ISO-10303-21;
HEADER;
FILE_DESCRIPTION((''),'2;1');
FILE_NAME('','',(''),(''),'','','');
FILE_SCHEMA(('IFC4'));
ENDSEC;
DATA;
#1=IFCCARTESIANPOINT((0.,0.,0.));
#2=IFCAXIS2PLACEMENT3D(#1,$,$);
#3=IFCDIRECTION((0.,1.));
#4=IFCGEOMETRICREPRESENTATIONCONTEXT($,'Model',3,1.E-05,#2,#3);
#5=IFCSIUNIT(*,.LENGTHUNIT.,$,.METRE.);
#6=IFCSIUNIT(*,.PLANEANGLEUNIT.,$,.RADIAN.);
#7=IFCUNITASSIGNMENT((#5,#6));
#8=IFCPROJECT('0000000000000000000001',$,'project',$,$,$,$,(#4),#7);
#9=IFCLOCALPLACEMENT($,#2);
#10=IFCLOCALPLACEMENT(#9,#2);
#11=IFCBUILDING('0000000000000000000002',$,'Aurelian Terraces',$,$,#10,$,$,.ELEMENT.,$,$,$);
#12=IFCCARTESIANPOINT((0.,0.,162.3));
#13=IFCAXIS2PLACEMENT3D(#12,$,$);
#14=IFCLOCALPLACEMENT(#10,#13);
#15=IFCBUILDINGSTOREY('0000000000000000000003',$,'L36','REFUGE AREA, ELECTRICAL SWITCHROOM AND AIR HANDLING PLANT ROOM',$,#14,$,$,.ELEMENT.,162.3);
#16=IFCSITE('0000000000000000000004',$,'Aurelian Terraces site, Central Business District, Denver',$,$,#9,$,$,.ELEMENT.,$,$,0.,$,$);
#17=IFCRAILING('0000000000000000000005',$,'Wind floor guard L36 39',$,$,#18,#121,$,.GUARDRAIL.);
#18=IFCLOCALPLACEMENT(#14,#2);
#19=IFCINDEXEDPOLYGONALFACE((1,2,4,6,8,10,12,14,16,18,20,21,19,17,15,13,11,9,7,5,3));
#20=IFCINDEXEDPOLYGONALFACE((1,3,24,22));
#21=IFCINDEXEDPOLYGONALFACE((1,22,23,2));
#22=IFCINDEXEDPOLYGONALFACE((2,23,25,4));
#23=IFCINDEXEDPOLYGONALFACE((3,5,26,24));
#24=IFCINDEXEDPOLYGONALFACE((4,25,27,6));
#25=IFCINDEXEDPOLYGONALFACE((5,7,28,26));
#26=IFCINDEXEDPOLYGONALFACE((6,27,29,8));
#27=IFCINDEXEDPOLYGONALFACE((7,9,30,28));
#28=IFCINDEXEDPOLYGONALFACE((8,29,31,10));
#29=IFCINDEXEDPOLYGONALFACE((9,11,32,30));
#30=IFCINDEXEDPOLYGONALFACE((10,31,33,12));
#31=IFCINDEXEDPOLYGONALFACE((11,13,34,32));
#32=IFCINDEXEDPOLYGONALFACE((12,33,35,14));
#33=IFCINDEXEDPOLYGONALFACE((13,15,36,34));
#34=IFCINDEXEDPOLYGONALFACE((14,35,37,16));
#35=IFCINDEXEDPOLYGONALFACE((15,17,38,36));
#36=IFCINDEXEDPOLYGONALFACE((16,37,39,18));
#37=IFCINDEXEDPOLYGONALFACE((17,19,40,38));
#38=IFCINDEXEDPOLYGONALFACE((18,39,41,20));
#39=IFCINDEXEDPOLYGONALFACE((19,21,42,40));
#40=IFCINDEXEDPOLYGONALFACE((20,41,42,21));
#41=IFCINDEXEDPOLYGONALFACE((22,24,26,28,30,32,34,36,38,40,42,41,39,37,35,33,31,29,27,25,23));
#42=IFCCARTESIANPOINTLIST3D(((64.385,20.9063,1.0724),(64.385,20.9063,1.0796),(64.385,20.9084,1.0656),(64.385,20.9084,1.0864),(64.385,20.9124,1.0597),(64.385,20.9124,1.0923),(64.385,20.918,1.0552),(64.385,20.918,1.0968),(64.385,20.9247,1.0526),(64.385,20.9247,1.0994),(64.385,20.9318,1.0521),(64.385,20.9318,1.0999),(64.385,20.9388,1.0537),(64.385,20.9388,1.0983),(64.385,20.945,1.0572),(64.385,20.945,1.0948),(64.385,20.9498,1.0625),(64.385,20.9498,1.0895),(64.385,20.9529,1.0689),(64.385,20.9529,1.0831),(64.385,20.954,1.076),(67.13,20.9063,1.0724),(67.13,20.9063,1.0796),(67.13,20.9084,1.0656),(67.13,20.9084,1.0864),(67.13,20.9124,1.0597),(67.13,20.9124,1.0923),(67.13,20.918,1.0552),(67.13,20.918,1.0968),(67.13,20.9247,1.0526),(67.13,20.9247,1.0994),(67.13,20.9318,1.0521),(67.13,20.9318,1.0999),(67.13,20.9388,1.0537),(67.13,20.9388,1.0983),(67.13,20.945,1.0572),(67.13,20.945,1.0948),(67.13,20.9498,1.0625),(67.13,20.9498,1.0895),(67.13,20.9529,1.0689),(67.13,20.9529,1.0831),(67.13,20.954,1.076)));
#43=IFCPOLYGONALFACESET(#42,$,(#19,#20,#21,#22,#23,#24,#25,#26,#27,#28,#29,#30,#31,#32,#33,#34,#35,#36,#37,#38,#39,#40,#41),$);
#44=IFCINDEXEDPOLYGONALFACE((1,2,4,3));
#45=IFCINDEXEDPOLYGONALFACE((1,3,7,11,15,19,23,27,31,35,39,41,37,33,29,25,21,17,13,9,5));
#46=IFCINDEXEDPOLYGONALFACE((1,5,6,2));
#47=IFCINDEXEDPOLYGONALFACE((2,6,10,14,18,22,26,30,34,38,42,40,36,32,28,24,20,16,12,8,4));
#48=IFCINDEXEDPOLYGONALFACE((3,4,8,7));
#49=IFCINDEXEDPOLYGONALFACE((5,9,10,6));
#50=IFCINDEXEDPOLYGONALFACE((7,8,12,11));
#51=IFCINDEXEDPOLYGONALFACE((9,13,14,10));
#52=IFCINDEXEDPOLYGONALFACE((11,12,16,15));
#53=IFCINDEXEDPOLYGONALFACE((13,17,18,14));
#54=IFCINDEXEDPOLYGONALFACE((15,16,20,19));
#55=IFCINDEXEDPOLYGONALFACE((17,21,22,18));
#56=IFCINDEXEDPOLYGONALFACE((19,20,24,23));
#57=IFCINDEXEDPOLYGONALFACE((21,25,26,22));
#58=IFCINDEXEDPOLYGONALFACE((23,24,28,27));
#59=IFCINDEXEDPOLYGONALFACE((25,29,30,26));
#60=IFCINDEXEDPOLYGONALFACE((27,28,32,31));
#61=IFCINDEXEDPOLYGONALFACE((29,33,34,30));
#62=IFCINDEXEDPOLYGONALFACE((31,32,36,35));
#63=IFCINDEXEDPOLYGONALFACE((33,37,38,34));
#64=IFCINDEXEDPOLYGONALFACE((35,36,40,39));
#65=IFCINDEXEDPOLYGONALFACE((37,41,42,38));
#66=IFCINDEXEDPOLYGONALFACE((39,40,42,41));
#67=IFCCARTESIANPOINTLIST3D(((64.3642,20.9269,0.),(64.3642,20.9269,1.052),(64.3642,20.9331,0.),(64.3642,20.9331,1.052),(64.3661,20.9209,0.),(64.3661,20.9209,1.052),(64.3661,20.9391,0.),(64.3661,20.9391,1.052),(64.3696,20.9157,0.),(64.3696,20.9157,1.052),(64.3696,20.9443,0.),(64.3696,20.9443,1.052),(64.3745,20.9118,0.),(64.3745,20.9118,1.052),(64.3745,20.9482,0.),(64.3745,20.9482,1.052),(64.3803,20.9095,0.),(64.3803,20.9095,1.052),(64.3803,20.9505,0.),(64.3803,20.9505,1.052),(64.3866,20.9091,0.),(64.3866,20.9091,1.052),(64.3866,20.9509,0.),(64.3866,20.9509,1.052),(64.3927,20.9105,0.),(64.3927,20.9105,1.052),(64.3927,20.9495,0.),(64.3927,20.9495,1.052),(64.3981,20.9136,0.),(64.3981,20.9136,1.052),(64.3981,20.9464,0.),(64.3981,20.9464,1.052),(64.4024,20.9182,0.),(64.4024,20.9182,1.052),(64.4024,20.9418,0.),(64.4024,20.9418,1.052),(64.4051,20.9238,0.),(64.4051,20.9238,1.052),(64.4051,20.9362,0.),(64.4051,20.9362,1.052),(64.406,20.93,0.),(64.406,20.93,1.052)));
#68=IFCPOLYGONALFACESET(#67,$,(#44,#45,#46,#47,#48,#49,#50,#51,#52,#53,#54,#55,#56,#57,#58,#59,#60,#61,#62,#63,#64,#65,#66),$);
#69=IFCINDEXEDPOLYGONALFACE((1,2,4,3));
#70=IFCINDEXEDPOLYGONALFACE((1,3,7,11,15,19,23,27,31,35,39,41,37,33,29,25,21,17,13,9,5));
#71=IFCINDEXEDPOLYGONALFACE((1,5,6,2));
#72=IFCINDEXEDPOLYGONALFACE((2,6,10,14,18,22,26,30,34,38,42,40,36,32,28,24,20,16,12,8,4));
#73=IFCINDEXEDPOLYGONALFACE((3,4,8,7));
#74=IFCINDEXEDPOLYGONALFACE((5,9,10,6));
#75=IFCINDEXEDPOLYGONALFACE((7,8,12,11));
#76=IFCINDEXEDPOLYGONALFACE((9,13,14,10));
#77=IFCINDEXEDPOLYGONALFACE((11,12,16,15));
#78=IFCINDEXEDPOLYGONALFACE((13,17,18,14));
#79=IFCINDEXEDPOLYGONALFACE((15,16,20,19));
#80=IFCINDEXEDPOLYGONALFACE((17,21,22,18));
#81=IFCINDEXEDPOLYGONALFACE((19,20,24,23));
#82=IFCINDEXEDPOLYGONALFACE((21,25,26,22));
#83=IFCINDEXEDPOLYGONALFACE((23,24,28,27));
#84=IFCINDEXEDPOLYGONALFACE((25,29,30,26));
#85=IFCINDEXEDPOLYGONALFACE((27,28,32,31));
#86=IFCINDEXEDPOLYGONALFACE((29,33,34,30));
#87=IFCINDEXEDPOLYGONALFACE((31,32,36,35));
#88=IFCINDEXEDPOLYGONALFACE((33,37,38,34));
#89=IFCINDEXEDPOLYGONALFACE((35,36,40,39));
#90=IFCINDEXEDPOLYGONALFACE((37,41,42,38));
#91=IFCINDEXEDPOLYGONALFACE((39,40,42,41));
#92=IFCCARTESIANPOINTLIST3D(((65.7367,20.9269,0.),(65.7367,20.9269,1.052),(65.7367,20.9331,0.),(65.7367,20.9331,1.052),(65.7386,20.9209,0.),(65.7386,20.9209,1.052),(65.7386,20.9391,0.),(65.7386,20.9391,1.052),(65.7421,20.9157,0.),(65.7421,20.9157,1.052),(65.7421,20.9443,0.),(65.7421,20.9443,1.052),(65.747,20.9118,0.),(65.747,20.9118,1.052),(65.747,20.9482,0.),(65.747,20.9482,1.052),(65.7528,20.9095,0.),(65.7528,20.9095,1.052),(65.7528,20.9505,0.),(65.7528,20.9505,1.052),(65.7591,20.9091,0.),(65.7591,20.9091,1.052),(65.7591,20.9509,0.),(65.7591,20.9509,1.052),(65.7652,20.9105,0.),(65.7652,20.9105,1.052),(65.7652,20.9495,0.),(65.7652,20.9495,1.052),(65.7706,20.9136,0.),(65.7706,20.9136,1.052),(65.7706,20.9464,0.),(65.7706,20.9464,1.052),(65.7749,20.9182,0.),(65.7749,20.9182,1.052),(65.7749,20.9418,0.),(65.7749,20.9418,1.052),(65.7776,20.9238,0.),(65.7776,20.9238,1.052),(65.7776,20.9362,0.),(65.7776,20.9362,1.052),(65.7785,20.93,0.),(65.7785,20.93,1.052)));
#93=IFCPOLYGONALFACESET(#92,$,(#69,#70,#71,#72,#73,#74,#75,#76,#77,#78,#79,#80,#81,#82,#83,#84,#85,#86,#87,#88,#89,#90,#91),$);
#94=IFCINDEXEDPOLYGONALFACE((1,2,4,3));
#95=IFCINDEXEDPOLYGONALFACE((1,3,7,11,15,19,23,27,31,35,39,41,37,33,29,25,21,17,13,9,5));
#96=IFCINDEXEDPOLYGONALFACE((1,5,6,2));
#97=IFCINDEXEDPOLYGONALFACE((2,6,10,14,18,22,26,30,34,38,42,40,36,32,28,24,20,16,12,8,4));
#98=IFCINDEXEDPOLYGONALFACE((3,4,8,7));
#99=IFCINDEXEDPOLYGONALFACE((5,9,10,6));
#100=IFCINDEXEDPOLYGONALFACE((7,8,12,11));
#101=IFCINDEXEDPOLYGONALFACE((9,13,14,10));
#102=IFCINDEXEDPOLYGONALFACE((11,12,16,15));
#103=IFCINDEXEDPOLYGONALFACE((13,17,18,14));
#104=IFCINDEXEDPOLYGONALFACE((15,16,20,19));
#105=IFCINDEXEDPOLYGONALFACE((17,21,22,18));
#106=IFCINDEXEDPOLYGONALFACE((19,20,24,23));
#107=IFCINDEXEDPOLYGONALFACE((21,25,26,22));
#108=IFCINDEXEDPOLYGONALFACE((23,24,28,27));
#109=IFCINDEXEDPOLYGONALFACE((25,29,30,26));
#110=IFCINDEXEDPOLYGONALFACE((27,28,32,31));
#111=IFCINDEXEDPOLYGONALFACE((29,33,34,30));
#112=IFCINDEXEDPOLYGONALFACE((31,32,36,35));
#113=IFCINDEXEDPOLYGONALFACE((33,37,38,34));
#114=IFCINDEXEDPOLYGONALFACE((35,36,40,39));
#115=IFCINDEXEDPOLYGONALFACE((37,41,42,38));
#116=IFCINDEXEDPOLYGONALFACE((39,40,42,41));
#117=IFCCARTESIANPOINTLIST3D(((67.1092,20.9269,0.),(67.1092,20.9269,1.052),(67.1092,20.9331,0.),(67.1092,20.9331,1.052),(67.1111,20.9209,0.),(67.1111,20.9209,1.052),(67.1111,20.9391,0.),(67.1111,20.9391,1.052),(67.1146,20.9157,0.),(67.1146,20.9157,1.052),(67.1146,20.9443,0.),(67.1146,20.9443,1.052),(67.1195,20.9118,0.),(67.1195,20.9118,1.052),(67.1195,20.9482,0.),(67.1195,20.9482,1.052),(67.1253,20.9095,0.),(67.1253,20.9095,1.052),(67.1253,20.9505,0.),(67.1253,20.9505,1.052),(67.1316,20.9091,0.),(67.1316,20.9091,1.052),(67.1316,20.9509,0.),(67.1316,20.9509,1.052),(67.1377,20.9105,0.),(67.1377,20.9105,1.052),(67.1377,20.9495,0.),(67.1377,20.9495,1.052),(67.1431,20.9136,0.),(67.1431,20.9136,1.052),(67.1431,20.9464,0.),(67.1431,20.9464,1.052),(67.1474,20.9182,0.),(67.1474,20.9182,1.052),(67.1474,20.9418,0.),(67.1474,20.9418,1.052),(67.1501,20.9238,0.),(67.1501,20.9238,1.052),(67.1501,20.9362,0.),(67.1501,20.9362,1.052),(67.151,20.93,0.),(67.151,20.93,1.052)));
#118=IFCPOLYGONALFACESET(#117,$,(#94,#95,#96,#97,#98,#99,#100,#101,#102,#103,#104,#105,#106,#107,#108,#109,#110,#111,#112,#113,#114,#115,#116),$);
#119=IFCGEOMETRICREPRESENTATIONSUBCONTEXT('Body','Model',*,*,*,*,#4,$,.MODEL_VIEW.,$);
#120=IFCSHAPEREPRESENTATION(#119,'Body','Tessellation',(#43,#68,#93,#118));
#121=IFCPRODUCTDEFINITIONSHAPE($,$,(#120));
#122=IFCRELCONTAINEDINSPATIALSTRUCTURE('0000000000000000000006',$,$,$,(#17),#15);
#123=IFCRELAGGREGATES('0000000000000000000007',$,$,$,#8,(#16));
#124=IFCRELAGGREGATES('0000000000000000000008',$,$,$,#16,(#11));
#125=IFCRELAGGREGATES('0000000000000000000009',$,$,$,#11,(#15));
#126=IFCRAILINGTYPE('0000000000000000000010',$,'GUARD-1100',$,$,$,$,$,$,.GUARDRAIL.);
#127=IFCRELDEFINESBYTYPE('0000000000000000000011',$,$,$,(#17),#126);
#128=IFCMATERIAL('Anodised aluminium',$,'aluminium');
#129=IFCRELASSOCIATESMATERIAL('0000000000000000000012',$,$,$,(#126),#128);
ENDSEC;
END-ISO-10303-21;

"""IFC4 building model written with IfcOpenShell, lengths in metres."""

from ifc_helpers import new_model, si_unit, direction, frame, origin, origin_2d, place, context, subcontext, project, spatial, circle, extrude, material, type_object, element, save


model = new_model("IFC4")

# Units and contexts
model_context = context("Model", 3, precision=1e-05, world=origin(), true_north=direction((0.0, 1.0)))
body_context = subcontext(model_context, "Body", "Model", "MODEL_VIEW")
ifc_project = project(units=[si_unit("LENGTHUNIT", "METRE"), si_unit("PLANEANGLEUNIT", "RADIAN")], contexts=[model_context])

# Site, building, storey
site_placement = place(None, origin())
site = spatial("IfcSite", under=ifc_project, at=site_placement, Name="Aurelian Terraces site, Central Business District, Denver", CompositionType="ELEMENT", RefElevation=0.0)
building_placement = place(site_placement, origin())
building = spatial("IfcBuilding", under=site, at=building_placement, Name="Aurelian Terraces", CompositionType="ELEMENT")
storey_placement = place(building_placement, frame((0.0, 0.0, 162.3)))
storey = spatial("IfcBuildingStorey", under=building, at=storey_placement, Name="L36", Description="REFUGE AREA, ELECTRICAL SWITCHROOM AND AIR HANDLING PLANT ROOM", CompositionType="ELEMENT", Elevation=162.3)

# Railing
ifc_material_1 = material(Name="Anodised aluminium", Category="aluminium")
railing_type = type_object("IfcRailingType", Name="GUARD-1100", PredefinedType="GUARDRAIL", material=ifc_material_1)
railing_1_placement = place(storey_placement, frame((64.385, 20.93, 0.0)))
element("IfcRailing", 1, at=railing_1_placement, inside=storey, type_object=railing_type, Name="Wind floor guard L36 39", PredefinedType="GUARDRAIL", context=body_context, shape_type="SweptSolid", body=[
    extrude(circle(Radius=0.024, at=origin_2d()), frame((0.0, 0.0, 1.076), z_axis=(1.0, 0.0, 0.0), x_axis=(0.0, 1.0, 0.0)), (0.0, 0.0, 1.0), 2.745),
    extrude(circle(Radius=0.021, at=origin_2d()), origin(), (0.0, 0.0, 1.0), 1.052),
    extrude(circle(Radius=0.021, at=origin_2d()), frame((1.3725, 0.0, 0.0)), (0.0, 0.0, 1.0), 1.052),
    extrude(circle(Radius=0.021, at=origin_2d()), frame((2.745, 0.0, 0.0)), (0.0, 0.0, 1.0), 1.052),
])

save(model, "model.ifc")
